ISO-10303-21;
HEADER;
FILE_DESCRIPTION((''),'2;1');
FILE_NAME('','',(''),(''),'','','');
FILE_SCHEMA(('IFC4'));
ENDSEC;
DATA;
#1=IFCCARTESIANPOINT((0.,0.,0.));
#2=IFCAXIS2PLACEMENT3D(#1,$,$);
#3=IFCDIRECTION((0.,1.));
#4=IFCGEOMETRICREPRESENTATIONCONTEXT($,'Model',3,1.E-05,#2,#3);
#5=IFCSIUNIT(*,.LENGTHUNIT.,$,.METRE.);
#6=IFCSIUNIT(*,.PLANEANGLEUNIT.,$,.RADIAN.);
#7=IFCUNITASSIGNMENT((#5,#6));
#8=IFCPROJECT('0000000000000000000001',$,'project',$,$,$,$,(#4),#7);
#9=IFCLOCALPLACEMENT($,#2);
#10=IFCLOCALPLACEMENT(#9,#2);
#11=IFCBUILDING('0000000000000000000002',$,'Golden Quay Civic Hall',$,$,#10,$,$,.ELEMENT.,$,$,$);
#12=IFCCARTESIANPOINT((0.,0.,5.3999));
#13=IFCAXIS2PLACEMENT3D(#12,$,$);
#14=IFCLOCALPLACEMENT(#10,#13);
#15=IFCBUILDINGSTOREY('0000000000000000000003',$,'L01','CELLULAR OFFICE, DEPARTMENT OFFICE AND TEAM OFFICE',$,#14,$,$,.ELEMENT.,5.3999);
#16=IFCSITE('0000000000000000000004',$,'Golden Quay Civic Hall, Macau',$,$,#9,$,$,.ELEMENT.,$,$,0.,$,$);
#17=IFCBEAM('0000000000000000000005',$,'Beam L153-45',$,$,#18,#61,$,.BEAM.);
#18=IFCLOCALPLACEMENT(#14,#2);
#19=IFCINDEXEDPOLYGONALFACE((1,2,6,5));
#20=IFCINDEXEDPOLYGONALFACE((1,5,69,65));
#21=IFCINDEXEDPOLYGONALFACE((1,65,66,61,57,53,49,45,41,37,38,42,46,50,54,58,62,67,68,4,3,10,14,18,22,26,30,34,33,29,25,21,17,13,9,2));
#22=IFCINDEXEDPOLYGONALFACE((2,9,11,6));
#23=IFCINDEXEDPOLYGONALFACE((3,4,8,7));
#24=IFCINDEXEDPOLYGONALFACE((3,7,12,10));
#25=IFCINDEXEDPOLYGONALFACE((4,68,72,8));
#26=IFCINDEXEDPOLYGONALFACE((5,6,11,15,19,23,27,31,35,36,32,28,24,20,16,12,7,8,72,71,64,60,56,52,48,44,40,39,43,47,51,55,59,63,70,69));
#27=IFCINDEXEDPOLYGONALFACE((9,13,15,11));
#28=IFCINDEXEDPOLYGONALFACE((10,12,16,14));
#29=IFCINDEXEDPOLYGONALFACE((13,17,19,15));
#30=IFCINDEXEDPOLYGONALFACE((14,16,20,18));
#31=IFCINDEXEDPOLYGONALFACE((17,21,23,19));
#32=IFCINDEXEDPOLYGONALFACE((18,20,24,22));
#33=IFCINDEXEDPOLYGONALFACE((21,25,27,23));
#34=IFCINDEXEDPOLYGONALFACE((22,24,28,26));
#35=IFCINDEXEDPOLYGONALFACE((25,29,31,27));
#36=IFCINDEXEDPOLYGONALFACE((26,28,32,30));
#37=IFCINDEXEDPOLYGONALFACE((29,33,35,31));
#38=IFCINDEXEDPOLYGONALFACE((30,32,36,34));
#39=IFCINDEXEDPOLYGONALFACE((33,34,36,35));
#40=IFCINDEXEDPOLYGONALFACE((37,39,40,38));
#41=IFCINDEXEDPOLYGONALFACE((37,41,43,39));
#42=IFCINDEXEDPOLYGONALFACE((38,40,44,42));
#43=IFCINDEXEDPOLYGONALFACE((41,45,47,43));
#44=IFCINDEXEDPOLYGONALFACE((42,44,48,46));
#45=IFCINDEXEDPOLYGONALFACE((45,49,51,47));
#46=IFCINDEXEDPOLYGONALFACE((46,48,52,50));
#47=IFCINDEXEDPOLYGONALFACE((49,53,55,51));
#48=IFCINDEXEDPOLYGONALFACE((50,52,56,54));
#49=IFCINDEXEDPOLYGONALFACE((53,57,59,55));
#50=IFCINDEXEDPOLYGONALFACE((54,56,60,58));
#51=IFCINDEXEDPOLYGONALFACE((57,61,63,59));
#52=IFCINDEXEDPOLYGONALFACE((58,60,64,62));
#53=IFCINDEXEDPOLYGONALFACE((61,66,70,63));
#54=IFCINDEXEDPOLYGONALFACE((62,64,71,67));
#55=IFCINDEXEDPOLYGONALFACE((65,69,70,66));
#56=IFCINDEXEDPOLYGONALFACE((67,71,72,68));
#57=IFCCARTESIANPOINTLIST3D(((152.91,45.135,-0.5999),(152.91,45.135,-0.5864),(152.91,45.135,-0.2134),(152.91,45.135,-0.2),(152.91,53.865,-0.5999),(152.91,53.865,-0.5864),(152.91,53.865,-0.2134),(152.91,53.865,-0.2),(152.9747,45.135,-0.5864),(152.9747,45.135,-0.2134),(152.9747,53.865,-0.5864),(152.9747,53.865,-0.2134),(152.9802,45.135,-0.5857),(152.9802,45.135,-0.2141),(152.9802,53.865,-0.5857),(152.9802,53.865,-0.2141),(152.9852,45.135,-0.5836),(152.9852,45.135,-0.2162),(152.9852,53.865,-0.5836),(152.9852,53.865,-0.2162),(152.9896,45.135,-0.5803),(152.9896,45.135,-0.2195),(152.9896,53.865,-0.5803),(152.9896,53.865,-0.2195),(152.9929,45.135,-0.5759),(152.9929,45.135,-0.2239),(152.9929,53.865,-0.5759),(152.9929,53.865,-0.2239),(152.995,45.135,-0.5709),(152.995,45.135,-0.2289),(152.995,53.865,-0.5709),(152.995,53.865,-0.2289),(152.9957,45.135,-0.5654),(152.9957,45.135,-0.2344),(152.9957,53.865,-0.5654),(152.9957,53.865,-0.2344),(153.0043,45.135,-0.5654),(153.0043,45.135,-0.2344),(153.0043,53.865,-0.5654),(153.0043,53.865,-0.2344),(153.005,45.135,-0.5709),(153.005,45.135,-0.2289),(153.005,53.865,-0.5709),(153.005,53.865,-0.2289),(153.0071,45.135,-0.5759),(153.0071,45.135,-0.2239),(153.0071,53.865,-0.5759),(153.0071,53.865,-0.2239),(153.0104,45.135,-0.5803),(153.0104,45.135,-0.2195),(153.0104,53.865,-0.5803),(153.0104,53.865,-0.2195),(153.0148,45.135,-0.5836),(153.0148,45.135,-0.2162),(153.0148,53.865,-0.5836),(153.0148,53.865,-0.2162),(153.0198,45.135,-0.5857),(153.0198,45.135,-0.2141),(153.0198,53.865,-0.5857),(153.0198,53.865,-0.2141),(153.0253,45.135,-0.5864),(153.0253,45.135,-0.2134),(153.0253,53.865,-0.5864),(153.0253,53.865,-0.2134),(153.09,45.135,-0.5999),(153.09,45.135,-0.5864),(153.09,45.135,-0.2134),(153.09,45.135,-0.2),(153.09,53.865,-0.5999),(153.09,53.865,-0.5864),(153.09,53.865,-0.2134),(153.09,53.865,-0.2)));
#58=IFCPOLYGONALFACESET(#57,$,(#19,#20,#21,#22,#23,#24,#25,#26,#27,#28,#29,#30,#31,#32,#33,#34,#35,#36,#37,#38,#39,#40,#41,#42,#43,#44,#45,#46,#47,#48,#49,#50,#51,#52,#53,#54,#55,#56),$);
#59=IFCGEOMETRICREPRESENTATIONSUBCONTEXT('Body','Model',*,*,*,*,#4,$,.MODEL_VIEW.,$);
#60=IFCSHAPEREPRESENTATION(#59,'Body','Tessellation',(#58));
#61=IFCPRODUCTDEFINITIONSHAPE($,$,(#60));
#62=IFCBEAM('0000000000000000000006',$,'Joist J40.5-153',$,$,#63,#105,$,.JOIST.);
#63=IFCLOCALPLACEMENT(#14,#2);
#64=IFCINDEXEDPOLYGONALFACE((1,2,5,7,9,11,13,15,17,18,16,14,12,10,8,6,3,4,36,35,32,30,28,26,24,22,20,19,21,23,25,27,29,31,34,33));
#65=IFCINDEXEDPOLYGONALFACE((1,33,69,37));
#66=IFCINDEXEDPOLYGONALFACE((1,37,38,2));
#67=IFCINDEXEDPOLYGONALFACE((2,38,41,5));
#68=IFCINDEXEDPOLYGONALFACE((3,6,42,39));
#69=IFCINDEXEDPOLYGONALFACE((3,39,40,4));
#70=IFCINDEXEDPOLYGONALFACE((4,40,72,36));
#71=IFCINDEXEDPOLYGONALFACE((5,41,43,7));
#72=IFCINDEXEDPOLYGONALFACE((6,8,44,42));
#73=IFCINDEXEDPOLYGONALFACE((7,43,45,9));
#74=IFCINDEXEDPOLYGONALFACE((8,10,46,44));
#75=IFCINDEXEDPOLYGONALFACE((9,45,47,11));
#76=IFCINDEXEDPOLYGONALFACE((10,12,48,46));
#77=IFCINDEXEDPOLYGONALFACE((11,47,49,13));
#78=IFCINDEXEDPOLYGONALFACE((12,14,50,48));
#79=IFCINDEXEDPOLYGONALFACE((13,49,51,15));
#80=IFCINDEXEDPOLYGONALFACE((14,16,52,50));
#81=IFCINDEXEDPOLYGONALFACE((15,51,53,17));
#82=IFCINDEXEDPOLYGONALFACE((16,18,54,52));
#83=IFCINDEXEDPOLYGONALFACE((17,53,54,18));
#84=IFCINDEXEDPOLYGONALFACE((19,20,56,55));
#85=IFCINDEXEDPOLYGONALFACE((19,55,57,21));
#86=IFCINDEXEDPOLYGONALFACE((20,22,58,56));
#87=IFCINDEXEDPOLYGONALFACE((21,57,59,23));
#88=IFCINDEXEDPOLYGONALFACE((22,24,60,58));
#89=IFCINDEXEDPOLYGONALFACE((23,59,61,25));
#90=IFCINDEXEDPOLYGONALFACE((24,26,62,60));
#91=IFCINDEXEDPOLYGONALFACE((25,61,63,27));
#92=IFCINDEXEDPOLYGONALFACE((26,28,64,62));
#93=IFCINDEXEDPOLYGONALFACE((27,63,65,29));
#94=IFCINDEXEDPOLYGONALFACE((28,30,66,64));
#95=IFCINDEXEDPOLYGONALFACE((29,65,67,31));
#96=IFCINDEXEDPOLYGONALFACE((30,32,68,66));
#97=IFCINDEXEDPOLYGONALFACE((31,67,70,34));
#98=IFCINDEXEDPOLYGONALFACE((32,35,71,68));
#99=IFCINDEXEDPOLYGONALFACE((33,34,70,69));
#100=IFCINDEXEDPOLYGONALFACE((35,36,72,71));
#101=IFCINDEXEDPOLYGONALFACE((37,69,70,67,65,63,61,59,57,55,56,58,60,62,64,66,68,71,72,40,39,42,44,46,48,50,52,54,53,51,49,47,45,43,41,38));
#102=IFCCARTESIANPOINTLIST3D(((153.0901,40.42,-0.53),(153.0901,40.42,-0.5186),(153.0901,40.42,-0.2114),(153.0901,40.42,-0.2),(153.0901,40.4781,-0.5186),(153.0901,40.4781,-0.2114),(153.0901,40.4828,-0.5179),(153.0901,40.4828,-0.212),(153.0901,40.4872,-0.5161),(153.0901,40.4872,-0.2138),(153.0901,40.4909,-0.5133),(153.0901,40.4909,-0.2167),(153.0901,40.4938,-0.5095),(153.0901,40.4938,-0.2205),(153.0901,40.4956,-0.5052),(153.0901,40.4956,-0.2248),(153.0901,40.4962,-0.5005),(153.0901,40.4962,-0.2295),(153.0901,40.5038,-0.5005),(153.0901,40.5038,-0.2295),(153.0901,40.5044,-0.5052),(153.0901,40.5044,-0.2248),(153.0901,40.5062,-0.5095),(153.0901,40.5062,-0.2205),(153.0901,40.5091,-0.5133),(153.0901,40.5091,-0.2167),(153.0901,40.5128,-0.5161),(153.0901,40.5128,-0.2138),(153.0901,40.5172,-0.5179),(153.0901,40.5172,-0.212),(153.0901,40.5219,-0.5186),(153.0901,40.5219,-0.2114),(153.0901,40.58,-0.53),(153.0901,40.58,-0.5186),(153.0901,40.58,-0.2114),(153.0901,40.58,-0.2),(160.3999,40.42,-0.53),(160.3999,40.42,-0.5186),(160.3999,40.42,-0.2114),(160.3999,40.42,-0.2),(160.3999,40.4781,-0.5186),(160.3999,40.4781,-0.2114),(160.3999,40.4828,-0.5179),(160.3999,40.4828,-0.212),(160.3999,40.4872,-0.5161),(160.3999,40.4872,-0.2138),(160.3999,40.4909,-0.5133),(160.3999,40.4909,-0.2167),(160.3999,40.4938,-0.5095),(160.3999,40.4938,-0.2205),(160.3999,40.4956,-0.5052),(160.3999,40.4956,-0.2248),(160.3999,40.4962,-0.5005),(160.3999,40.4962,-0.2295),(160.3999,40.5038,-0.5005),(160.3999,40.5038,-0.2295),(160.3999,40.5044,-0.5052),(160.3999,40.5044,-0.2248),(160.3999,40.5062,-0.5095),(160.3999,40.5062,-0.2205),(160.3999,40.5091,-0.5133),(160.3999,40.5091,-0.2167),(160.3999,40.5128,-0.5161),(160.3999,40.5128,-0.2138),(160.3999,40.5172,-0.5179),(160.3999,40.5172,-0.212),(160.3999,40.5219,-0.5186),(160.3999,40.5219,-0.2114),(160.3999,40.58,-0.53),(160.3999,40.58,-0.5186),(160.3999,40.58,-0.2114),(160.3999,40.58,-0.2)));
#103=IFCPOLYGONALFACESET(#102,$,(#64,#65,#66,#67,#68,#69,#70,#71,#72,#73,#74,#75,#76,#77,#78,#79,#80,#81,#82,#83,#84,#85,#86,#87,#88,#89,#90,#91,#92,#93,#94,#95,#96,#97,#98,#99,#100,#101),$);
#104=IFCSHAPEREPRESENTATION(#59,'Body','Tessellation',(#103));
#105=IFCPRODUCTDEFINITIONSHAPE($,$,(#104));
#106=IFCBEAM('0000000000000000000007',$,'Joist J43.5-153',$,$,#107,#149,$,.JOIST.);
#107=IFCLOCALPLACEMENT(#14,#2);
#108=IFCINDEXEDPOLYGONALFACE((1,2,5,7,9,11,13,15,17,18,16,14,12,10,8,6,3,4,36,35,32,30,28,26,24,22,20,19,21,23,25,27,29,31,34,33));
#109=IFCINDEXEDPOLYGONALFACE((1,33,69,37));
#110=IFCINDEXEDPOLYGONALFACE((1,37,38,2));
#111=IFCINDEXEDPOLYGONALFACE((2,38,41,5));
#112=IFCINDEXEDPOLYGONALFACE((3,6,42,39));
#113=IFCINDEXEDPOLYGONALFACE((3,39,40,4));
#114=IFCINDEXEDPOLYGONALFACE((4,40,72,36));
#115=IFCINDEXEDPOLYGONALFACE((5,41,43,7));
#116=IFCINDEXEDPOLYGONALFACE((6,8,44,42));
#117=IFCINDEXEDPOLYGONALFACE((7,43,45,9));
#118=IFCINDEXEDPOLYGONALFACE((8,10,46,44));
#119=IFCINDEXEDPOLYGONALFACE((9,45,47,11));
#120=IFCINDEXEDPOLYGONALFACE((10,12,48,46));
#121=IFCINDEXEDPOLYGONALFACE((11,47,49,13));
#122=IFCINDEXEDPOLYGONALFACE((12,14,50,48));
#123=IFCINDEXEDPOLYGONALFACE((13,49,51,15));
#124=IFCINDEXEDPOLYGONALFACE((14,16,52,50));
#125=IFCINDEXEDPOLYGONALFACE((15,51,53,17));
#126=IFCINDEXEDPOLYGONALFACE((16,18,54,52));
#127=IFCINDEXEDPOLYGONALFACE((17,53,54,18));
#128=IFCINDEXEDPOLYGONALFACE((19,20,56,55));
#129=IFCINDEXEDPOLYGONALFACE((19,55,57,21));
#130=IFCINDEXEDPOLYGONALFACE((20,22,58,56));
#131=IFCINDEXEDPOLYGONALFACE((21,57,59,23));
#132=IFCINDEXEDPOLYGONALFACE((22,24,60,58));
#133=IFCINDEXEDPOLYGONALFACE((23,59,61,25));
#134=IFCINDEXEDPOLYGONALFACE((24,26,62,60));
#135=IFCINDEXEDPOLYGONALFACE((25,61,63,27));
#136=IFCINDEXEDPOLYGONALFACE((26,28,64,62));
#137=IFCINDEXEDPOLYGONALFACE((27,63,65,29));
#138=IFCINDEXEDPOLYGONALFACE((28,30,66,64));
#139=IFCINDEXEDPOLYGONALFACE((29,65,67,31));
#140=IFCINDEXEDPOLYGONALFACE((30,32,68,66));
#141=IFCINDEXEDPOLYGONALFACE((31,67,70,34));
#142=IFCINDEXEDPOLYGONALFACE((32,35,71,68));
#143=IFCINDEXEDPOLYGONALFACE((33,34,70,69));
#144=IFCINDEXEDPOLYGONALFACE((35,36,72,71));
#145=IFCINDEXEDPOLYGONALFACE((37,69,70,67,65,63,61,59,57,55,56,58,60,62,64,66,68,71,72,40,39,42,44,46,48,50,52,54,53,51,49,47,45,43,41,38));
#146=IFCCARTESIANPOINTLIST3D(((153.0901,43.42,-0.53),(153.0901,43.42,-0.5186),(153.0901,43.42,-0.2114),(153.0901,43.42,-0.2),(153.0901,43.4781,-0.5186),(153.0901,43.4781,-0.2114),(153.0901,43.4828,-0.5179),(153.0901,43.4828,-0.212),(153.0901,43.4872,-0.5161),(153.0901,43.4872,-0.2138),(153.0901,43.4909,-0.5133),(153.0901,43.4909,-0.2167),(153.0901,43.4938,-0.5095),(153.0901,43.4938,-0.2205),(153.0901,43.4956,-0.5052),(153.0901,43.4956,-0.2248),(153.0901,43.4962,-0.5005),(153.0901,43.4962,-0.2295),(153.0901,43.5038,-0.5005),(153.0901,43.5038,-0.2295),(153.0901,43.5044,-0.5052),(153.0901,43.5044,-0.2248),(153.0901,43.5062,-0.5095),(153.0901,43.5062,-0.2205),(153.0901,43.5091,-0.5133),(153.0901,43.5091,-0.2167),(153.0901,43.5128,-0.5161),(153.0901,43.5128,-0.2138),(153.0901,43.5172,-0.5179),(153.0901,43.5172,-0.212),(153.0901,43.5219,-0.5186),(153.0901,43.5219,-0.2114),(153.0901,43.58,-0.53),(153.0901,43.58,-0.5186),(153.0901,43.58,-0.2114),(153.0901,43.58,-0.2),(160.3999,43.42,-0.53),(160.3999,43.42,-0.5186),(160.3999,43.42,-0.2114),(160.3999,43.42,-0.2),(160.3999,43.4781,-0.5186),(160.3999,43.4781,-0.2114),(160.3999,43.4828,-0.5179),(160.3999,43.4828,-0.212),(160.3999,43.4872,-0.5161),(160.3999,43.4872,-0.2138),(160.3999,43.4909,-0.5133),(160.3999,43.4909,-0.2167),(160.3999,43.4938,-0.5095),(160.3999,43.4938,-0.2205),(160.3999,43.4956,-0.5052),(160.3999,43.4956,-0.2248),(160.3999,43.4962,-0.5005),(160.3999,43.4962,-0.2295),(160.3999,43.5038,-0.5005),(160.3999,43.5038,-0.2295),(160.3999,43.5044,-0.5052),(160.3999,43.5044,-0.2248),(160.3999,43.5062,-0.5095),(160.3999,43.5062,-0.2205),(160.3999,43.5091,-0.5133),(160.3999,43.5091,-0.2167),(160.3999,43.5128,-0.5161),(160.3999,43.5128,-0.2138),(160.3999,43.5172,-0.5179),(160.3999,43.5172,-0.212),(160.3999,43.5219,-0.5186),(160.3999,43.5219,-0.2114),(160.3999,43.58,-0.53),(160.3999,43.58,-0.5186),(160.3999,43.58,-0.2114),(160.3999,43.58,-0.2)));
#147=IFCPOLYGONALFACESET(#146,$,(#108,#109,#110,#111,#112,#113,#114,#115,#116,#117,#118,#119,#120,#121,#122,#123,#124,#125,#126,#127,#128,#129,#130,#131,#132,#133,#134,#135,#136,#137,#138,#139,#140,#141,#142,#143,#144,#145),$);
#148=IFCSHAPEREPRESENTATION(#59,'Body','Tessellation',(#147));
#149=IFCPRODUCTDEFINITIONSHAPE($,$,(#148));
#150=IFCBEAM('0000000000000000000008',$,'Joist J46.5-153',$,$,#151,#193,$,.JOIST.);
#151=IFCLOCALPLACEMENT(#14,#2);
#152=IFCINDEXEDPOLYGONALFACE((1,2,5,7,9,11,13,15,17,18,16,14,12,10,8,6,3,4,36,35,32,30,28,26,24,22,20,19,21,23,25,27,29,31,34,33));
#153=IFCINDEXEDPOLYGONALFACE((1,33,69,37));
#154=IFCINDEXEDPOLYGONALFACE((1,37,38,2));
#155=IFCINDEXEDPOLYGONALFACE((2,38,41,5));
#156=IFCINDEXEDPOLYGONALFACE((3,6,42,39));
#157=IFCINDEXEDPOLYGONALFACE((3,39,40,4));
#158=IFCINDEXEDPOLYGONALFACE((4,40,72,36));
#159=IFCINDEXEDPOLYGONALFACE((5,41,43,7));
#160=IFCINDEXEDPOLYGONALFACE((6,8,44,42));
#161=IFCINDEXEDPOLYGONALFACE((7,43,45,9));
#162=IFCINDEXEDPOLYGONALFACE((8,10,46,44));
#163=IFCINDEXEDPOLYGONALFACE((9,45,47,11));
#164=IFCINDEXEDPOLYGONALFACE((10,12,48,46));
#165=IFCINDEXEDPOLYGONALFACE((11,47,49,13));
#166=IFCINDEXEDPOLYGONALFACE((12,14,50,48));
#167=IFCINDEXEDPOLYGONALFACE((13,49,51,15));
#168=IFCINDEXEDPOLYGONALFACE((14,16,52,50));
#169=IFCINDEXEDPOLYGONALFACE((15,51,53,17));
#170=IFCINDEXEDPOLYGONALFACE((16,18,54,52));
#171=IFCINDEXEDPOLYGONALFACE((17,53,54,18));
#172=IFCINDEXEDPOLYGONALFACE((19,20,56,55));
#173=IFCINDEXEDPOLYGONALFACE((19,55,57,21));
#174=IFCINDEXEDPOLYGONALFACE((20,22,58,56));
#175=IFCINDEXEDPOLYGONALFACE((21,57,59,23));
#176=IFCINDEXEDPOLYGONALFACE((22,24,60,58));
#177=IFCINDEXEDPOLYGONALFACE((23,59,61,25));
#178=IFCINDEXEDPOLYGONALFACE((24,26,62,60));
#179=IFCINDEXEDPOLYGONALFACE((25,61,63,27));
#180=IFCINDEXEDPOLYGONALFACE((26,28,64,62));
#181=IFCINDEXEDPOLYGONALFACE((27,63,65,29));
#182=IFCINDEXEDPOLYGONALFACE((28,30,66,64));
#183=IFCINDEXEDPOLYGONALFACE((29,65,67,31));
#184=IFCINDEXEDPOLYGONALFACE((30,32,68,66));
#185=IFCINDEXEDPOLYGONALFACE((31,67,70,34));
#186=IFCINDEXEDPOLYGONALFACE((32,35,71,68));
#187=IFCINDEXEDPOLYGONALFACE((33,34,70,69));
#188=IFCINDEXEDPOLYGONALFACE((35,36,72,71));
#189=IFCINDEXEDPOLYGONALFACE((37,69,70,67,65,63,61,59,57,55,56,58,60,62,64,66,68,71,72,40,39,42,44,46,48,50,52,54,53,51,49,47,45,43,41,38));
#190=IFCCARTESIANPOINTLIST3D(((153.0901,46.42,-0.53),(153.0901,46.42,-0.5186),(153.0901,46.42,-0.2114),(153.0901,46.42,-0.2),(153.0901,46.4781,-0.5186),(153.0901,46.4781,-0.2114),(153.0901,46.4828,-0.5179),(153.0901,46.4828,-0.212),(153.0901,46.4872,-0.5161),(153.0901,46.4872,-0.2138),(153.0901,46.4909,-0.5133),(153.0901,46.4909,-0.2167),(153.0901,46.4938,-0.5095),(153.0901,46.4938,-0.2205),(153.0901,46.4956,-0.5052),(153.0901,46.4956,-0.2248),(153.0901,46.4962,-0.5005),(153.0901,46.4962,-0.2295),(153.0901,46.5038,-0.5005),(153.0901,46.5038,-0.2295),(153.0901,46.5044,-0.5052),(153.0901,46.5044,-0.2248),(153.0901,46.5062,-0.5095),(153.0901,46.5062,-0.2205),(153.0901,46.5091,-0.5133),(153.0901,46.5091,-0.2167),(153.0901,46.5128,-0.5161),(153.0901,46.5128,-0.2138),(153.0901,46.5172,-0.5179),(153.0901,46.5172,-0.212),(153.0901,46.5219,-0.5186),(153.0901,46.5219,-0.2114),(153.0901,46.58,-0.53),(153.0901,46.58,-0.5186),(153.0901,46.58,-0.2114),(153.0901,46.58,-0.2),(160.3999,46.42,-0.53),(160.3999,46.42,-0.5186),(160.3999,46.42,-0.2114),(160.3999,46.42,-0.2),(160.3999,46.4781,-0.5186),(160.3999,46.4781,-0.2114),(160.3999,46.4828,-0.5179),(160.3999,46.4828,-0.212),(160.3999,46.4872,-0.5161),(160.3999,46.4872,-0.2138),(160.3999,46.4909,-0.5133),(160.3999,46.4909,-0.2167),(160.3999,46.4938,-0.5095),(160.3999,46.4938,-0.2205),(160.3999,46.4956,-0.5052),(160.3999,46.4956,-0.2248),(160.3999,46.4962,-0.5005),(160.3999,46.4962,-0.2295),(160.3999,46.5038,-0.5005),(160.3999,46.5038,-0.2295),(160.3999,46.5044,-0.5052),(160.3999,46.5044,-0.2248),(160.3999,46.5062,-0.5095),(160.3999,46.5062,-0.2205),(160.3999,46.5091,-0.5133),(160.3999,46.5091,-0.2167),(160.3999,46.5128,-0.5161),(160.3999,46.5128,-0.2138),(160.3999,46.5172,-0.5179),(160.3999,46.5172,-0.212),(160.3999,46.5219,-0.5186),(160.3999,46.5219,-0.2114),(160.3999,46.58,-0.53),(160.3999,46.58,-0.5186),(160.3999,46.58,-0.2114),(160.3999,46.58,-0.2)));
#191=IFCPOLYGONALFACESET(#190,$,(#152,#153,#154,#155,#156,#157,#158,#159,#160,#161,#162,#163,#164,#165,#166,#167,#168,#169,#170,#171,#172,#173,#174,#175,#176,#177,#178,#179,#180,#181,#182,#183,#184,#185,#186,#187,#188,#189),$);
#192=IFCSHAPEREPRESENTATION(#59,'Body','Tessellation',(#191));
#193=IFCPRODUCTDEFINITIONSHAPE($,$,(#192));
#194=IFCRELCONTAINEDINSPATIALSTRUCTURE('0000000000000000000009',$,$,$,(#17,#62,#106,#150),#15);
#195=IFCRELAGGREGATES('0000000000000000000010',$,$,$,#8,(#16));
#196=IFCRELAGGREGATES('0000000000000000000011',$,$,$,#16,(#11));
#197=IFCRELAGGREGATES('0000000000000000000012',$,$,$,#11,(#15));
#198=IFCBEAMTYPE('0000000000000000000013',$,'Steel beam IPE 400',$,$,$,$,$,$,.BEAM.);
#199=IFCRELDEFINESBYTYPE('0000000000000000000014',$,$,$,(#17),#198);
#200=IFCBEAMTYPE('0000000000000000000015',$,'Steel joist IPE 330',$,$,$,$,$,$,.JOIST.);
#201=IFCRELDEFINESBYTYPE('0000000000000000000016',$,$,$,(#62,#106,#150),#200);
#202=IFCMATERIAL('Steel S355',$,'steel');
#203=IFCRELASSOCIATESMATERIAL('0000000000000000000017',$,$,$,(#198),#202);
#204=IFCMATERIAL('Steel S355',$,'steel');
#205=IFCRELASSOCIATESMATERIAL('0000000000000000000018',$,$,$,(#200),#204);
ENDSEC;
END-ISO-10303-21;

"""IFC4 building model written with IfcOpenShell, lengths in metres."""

from ifc_helpers import new_model, si_unit, direction, frame, origin, origin_2d, place, context, subcontext, project, spatial, i_section, extrude, material, material_profile, profile_set, type_object, element, save


model = new_model("IFC4")

# Units and contexts
model_context = context("Model", 3, precision=1e-05, world=origin(), true_north=direction((0.0, 1.0)))
body_context = subcontext(model_context, "Body", "Model", "MODEL_VIEW")
ifc_project = project(units=[si_unit("LENGTHUNIT", "METRE"), si_unit("PLANEANGLEUNIT", "RADIAN")], contexts=[model_context])

# Site, building, storey
site_placement = place(None, origin())
site = spatial("IfcSite", under=ifc_project, at=site_placement, Name="Golden Quay Civic Hall, Macau", CompositionType="ELEMENT", RefElevation=0.0)
building_placement = place(site_placement, origin())
building = spatial("IfcBuilding", under=site, at=building_placement, Name="Golden Quay Civic Hall", CompositionType="ELEMENT")
storey_placement = place(building_placement, frame((0.0, 0.0, 5.3999)))
storey = spatial("IfcBuildingStorey", under=building, at=storey_placement, Name="L01", Description="CELLULAR OFFICE, DEPARTMENT OFFICE AND TEAM OFFICE", CompositionType="ELEMENT", Elevation=5.3999)

# Beams
ifc_material_1 = material(Name="Steel S355", Category="steel")
ifc_material_profile_1 = material_profile(ifc_material_1, i_section(OverallWidth=0.1799, OverallDepth=0.3999, WebThickness=0.0085, FlangeThickness=0.0134, FilletRadius=0.021, at=origin_2d()), Name="IPE 400")
ifc_profile_set_1 = profile_set([ifc_material_profile_1], Name="Steel S355")
beam_type_1 = type_object("IfcBeamType", Name="Steel beam IPE 400", PredefinedType="BEAM", material=ifc_profile_set_1)
beam_1_placement = place(storey_placement, frame((153.0, 45.135, -0.3999), z_axis=(0.0, 1.0, 0.0), x_axis=(-1.0, 0.0, 0.0)))
element("IfcBeam", 1, at=beam_1_placement, inside=storey, type_object=beam_type_1, Name="Beam L153-45", PredefinedType="BEAM", context=body_context, shape_type="SweptSolid", body=[
    extrude(i_section(OverallWidth=0.1799, OverallDepth=0.3999, WebThickness=0.0085, FlangeThickness=0.0134, FilletRadius=0.021, at=origin_2d()), origin(), (0.0, 0.0, 1.0), 8.73),
])
ifc_material_2 = material(Name="Steel S355", Category="steel")
ifc_material_profile_2 = material_profile(ifc_material_2, i_section(OverallWidth=0.1599, OverallDepth=0.3301, WebThickness=0.0076, FlangeThickness=0.0115, FilletRadius=0.0181, at=origin_2d()), Name="IPE 330")
ifc_profile_set_2 = profile_set([ifc_material_profile_2], Name="Steel S355")
beam_type_2 = type_object("IfcBeamType", Name="Steel joist IPE 330", PredefinedType="JOIST", material=ifc_profile_set_2)
for number, where, z_axis, x_axis, name in (
    (2, (153.0901, 40.5, -0.365), (1.0, 0.0, 0.0), (0.0, 1.0, 0.0), "Joist J40.5-153"),
    (3, (153.0901, 43.5, -0.365), (1.0, 0.0, 0.0), (0.0, 1.0, 0.0), "Joist J43.5-153"),
    (4, (153.0901, 46.5, -0.365), (1.0, 0.0, 0.0), (0.0, 1.0, 0.0), "Joist J46.5-153"),
):
    element("IfcBeam", number, at=place(storey_placement, frame(where, z_axis=z_axis, x_axis=x_axis)), inside=storey, type_object=beam_type_2, Name=name, PredefinedType="JOIST", context=body_context, shape_type="SweptSolid", body=[
        extrude(i_section(OverallWidth=0.1599, OverallDepth=0.3301, WebThickness=0.0076, FlangeThickness=0.0115, FilletRadius=0.0181, at=origin_2d()), origin(), (0.0, 0.0, 1.0), 7.3098),
    ])

save(model, "model.ifc")
